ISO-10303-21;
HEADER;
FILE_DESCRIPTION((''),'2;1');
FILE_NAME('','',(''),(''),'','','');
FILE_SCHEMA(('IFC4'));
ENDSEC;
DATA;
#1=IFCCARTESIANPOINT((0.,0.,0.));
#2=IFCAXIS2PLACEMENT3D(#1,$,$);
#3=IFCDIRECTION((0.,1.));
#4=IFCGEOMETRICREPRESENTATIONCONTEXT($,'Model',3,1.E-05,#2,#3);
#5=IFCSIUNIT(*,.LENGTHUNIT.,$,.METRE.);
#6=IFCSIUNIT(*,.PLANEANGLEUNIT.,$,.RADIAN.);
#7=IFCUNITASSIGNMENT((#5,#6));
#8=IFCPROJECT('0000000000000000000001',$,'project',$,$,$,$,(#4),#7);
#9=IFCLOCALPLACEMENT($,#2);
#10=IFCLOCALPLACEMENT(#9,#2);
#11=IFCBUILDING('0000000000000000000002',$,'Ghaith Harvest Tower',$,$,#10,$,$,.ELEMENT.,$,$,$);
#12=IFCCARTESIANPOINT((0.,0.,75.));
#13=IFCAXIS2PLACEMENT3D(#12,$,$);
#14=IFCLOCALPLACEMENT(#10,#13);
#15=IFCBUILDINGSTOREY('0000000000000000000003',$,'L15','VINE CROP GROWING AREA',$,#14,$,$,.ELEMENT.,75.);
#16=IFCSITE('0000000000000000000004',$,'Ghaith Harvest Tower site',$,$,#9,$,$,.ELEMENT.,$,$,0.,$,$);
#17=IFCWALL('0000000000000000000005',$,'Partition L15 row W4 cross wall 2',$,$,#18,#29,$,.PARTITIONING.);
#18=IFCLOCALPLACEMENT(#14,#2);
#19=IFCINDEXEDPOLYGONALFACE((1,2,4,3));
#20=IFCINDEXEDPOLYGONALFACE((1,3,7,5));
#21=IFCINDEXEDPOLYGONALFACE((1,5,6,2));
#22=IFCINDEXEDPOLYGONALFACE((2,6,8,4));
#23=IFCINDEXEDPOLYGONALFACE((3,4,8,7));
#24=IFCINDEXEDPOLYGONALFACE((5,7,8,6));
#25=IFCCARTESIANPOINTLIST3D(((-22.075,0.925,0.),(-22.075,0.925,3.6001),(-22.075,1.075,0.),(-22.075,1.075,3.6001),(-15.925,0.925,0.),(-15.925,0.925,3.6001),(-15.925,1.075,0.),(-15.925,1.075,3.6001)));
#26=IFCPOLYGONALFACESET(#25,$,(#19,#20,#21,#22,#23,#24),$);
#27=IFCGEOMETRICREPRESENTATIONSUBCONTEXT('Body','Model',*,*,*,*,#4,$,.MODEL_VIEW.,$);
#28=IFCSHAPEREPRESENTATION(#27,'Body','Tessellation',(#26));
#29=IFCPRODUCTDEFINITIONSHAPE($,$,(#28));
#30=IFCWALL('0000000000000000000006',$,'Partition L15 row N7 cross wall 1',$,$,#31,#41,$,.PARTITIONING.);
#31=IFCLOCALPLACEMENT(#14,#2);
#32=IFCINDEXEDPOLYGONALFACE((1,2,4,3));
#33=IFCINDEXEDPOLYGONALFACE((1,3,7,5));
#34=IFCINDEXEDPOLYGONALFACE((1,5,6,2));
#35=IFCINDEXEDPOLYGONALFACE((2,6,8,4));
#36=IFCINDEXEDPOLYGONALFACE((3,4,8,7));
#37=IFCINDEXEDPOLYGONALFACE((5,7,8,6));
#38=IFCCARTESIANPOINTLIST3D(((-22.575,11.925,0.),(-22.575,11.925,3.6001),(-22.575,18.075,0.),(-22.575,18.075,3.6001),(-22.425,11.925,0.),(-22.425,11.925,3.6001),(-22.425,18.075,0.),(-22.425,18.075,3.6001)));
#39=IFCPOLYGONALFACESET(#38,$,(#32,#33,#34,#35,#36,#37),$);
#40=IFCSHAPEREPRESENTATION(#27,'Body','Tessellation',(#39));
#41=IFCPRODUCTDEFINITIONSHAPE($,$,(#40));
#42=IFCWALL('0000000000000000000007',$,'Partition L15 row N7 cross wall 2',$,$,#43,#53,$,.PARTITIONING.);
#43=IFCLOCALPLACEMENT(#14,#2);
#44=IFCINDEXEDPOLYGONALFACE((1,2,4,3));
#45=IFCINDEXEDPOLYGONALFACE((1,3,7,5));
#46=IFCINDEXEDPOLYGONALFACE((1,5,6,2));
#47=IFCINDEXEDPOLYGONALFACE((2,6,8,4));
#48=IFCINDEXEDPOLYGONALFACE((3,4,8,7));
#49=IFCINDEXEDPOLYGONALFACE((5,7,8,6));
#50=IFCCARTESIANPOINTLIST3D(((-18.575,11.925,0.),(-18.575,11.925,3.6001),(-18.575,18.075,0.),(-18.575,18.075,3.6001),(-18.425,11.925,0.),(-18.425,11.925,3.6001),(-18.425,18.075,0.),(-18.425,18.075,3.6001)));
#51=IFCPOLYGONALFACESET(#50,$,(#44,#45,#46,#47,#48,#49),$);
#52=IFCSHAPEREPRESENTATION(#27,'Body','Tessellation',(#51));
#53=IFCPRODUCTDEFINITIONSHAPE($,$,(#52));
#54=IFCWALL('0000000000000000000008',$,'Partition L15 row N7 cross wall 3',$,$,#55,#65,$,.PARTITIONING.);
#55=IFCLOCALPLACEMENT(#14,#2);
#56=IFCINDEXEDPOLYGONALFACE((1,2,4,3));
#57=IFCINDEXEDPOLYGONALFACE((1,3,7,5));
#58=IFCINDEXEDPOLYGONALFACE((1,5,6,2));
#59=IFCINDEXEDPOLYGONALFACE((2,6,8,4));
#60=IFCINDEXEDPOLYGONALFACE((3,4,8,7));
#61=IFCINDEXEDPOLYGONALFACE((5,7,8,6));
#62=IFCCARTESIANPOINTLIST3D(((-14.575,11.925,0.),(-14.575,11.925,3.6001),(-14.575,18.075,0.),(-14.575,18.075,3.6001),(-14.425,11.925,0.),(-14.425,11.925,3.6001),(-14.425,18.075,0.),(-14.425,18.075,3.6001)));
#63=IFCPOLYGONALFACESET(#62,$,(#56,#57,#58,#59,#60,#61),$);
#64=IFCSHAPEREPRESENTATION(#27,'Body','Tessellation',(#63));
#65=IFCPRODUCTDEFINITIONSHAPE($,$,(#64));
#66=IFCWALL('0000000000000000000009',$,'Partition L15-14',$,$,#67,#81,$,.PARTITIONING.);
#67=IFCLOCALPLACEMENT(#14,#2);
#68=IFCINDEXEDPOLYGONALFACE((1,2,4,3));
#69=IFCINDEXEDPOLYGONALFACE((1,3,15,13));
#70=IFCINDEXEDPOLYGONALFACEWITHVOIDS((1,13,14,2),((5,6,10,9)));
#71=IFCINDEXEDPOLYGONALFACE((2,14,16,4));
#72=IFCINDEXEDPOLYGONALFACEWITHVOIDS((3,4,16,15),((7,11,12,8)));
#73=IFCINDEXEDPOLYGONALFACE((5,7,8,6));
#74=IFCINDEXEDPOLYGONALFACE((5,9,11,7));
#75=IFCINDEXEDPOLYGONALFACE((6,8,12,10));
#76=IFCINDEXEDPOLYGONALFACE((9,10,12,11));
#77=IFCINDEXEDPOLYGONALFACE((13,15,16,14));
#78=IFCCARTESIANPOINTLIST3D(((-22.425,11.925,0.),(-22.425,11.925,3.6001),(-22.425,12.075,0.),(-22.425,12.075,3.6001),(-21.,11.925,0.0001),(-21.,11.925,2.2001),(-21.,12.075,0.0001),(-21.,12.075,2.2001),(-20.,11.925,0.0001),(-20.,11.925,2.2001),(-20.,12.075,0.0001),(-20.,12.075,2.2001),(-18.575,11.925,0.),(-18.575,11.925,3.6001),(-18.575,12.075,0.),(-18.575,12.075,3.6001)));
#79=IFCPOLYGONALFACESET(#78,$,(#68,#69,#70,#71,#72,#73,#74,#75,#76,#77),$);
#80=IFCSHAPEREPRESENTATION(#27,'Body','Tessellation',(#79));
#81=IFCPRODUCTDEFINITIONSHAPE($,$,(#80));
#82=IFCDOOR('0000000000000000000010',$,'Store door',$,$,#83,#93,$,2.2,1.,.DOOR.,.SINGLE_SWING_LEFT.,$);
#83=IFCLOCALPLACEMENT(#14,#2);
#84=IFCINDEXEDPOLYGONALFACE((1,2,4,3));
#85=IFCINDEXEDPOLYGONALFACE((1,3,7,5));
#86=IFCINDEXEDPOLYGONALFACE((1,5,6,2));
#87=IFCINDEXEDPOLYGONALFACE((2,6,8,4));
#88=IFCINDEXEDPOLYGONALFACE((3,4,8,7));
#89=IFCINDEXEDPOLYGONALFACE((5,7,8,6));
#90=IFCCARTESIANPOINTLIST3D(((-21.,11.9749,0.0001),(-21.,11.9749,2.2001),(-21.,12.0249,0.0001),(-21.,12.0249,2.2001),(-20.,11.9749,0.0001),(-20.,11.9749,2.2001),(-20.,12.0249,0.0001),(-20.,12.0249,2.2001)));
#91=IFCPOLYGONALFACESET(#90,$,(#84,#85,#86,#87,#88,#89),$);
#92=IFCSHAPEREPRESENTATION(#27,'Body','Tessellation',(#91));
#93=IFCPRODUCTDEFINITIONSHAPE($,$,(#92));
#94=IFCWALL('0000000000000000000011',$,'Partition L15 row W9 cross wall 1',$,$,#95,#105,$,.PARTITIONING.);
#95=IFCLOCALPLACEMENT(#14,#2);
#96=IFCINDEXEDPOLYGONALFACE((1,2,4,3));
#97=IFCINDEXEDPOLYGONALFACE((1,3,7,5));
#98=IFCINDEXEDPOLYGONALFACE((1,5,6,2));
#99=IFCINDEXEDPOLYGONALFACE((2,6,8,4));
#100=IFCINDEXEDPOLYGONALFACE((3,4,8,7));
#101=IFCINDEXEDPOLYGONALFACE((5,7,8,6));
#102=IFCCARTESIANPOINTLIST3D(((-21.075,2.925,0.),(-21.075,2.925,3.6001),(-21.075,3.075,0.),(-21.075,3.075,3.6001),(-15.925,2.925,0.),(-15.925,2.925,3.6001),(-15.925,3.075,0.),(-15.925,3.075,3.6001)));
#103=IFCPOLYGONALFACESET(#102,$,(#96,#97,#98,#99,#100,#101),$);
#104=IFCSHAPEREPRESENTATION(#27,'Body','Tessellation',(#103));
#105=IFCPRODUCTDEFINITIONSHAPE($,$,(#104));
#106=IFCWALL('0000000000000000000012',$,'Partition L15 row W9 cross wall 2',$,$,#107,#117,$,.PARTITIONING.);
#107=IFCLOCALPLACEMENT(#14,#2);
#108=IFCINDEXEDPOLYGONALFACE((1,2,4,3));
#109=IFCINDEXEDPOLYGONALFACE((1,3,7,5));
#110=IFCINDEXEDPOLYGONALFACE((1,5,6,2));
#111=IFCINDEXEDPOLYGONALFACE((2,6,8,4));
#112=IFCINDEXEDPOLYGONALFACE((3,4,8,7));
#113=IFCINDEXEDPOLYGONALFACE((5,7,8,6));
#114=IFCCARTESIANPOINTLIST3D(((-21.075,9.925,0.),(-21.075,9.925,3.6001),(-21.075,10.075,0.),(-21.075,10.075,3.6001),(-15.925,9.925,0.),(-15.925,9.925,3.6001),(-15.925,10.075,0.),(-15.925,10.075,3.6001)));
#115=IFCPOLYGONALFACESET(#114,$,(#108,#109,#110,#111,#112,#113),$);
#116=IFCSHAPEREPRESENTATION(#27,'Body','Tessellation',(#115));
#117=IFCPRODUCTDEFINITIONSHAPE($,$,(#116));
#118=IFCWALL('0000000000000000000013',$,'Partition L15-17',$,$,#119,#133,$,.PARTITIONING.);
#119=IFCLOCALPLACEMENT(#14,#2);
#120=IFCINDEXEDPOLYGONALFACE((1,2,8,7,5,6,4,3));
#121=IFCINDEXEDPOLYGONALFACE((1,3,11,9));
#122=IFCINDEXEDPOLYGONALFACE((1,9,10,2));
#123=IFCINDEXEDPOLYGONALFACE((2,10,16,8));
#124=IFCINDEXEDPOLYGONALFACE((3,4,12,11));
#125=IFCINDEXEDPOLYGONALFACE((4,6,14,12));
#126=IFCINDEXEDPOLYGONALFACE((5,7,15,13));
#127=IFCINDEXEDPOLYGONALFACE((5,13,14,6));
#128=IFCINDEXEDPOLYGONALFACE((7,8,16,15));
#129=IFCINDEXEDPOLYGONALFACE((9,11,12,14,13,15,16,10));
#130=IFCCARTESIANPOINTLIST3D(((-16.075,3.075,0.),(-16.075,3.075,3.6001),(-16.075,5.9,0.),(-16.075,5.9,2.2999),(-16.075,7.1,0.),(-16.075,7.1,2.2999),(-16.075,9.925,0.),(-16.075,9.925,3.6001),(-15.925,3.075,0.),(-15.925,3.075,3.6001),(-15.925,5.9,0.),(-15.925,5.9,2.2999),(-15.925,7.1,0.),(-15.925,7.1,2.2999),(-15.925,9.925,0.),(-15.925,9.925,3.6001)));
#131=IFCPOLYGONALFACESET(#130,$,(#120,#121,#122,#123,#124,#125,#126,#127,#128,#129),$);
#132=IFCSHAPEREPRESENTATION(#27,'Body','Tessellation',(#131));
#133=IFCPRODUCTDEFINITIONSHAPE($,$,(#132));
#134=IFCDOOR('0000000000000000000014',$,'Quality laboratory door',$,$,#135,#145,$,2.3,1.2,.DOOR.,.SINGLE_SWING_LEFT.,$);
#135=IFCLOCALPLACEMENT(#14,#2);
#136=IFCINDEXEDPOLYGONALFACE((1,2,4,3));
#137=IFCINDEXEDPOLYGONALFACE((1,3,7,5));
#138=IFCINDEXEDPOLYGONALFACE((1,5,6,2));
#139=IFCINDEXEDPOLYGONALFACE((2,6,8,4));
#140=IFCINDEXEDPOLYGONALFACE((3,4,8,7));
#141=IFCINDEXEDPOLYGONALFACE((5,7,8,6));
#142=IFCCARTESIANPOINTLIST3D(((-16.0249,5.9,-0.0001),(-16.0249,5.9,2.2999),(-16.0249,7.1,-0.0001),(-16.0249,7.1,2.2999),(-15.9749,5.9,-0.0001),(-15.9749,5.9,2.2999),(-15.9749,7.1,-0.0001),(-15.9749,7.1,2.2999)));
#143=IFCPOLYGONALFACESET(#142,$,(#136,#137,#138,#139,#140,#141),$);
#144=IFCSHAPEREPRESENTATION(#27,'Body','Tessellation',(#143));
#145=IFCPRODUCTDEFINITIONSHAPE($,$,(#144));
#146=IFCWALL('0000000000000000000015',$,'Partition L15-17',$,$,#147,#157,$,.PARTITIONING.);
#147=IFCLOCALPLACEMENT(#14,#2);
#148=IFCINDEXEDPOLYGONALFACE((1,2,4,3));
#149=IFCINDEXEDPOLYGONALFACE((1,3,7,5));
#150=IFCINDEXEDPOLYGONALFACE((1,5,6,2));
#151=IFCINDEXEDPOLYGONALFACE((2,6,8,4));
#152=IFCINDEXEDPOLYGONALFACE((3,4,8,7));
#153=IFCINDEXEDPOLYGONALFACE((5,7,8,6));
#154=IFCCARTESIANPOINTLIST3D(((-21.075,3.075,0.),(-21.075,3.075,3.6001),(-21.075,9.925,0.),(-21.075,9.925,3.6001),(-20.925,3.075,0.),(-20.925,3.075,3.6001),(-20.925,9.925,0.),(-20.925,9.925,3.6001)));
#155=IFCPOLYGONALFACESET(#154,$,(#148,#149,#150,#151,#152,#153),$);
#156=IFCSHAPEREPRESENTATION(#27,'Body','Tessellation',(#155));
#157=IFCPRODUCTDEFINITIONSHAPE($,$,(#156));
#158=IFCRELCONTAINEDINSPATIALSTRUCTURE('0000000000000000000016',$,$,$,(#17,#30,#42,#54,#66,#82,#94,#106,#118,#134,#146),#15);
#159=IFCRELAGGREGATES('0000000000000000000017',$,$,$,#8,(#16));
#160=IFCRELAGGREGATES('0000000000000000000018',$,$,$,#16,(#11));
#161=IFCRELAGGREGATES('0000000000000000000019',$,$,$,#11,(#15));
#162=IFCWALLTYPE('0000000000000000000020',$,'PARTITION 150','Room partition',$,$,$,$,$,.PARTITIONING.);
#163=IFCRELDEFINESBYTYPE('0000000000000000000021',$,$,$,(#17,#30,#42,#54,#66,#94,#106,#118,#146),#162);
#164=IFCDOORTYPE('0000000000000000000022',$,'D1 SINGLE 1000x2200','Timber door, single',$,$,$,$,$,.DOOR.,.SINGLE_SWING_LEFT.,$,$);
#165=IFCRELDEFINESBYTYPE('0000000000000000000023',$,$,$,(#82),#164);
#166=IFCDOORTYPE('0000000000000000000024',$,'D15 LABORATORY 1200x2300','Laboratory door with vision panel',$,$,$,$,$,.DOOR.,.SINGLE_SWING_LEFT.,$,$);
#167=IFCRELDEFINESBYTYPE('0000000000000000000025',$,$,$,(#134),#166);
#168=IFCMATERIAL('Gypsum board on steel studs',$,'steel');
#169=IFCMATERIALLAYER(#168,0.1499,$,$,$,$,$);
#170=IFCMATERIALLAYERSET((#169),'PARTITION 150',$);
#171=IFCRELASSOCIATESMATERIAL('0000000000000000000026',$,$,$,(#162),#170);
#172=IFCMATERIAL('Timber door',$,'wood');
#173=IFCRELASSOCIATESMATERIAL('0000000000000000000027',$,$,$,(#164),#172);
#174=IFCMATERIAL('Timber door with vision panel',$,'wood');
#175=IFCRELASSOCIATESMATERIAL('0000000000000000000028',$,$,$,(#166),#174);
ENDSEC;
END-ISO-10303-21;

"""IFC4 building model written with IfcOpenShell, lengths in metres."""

from ifc_helpers import new_model, si_unit, direction, frame, frame_2d, origin, place, context, subcontext, project, spatial, rectangle, extrude, material, layer, layer_set, type_object, element, fill, save


model = new_model("IFC4")

# Units and contexts
model_context = context("Model", 3, precision=1e-05, world=origin(), true_north=direction((0.0, 1.0)))
body_context = subcontext(model_context, "Body", "Model", "MODEL_VIEW")
ifc_project = project(units=[si_unit("LENGTHUNIT", "METRE"), si_unit("PLANEANGLEUNIT", "RADIAN")], contexts=[model_context])

# Site, building, storey
site_placement = place(None, origin())
site = spatial("IfcSite", under=ifc_project, at=site_placement, Name="Ghaith Harvest Tower site", CompositionType="ELEMENT", RefElevation=0.0)
building_placement = place(site_placement, origin())
building = spatial("IfcBuilding", under=site, at=building_placement, Name="Ghaith Harvest Tower", CompositionType="ELEMENT")
storey_placement = place(building_placement, frame((0.0, 0.0, 75.0)))
storey = spatial("IfcBuildingStorey", under=building, at=storey_placement, Name="L15", Description="VINE CROP GROWING AREA", CompositionType="ELEMENT", Elevation=75.0)

# Walls
ifc_material_1 = material(Name="Gypsum board on steel studs", Category="steel")
ifc_layer_1 = layer(ifc_material_1, 0.1499)
ifc_layer_set_1 = layer_set([ifc_layer_1], Name="PARTITION 150")
wall_type_1 = type_object("IfcWallType", Name="PARTITION 150", Description="Room partition", PredefinedType="PARTITIONING", material=ifc_layer_set_1)
for number, where, z_axis, x_axis, name in (
    (1, (-15.925, 1.0, 0.0), (0.0, 0.0, 1.0), (-1.0, 0.0, 0.0), "Partition L15 row W4 cross wall 2"),
    (2, (-22.5, 11.925, 0.0), (0.0, 0.0, 1.0), (0.0, 1.0, 0.0), "Partition L15 row N7 cross wall 1"),
    (3, (-18.5, 11.925, 0.0), (0.0, 0.0, 1.0), (0.0, 1.0, 0.0), "Partition L15 row N7 cross wall 2"),
    (4, (-14.5, 11.925, 0.0), (0.0, 0.0, 1.0), (0.0, 1.0, 0.0), "Partition L15 row N7 cross wall 3"),
):
    element("IfcWall", number, at=place(storey_placement, frame(where, z_axis=z_axis, x_axis=x_axis)), inside=storey, type_object=wall_type_1, Name=name, PredefinedType="PARTITIONING", context=body_context, shape_type="SweptSolid", body=[
        extrude(rectangle(XDim=6.1499, YDim=0.1499, at=frame_2d((3.075, 0.0))), origin(), (0.0, 0.0, 1.0), 3.6001),
    ])

# Wall, opening, door
wall_1_placement = place(storey_placement, frame((-22.425, 12.0, 0.0), z_axis=(0.0, 0.0, 1.0), x_axis=(1.0, 0.0, 0.0)))
wall_1 = element("IfcWall", 5, at=wall_1_placement, inside=storey, type_object=wall_type_1, Name="Partition L15-14", PredefinedType="PARTITIONING", context=body_context, shape_type="SweptSolid", body=[
    extrude(rectangle(XDim=3.8501, YDim=0.1499, at=frame_2d((1.925, 0.0))), origin(), (0.0, 0.0, 1.0), 3.6001),
])
opening_1_placement = place(wall_1_placement, frame((1.425, 0.0, 0.0)))
opening_1 = element("IfcOpeningElement", 6, at=opening_1_placement, cuts=wall_1, PredefinedType="OPENING", context=body_context, shape_type="SweptSolid", body=[
    extrude(rectangle(XDim=1.0, YDim=2.2, at=frame_2d((0.5, 1.1001))), frame((0.0, 0.085, 0.0), z_axis=(0.0, -1.0, 0.0), x_axis=(1.0, 0.0, 0.0)), (0.0, 0.0, 1.0), 0.1699),
])
ifc_material_2 = material(Name="Timber door", Category="wood")
door_type_1 = type_object("IfcDoorType", Name="D1 SINGLE 1000x2200", Description="Timber door, single", OperationType="SINGLE_SWING_LEFT", PredefinedType="DOOR", material=ifc_material_2)
door_1_placement = place(opening_1_placement, origin())
door_1 = element("IfcDoor", 7, at=door_1_placement, inside=storey, type_object=door_type_1, Name="Store door", OperationType="SINGLE_SWING_LEFT", OverallHeight=2.2, OverallWidth=1.0, PredefinedType="DOOR", context=body_context, shape_type="SweptSolid", body=[
    extrude(rectangle(XDim=1.0, YDim=2.2, at=frame_2d((0.5, 1.1001))), frame((0.0, 0.0249, 0.0), z_axis=(0.0, -1.0, 0.0), x_axis=(1.0, 0.0, 0.0)), (0.0, 0.0, 1.0), 0.05),
])
fill(opening_1, door_1)

# Walls
for number, where, z_axis, x_axis, name in (
    (8, (-15.925, 3.0, 0.0), (0.0, 0.0, 1.0), (-1.0, 0.0, 0.0), "Partition L15 row W9 cross wall 1"),
    (9, (-15.925, 10.0, 0.0), (0.0, 0.0, 1.0), (-1.0, 0.0, 0.0), "Partition L15 row W9 cross wall 2"),
):
    element("IfcWall", number, at=place(storey_placement, frame(where, z_axis=z_axis, x_axis=x_axis)), inside=storey, type_object=wall_type_1, Name=name, PredefinedType="PARTITIONING", context=body_context, shape_type="SweptSolid", body=[
        extrude(rectangle(XDim=5.1499, YDim=0.1499, at=frame_2d((2.575, 0.0))), origin(), (0.0, 0.0, 1.0), 3.6001),
    ])

# Wall, opening, door
wall_2_placement = place(storey_placement, frame((-16.0, 3.075, 0.0), z_axis=(0.0, 0.0, 1.0), x_axis=(0.0, 1.0, 0.0)))
wall_2 = element("IfcWall", 10, at=wall_2_placement, inside=storey, type_object=wall_type_1, Name="Partition L15-17", PredefinedType="PARTITIONING", context=body_context, shape_type="SweptSolid", body=[
    extrude(rectangle(XDim=6.8501, YDim=0.1499, at=frame_2d((3.425, 0.0))), origin(), (0.0, 0.0, 1.0), 3.6001),
])
opening_2_placement = place(wall_2_placement, frame((2.825, 0.0, 0.0)))
opening_2 = element("IfcOpeningElement", 11, at=opening_2_placement, cuts=wall_2, PredefinedType="OPENING", context=body_context, shape_type="SweptSolid", body=[
    extrude(rectangle(XDim=1.2, YDim=2.3, at=frame_2d((0.6001, 1.1499))), frame((0.0, 0.085, 0.0), z_axis=(0.0, -1.0, 0.0), x_axis=(1.0, 0.0, 0.0)), (0.0, 0.0, 1.0), 0.1699),
])
ifc_material_3 = material(Name="Timber door with vision panel", Category="wood")
door_type_2 = type_object("IfcDoorType", Name="D15 LABORATORY 1200x2300", Description="Laboratory door with vision panel", OperationType="SINGLE_SWING_LEFT", PredefinedType="DOOR", material=ifc_material_3)
door_2_placement = place(opening_2_placement, origin())
door_2 = element("IfcDoor", 12, at=door_2_placement, inside=storey, type_object=door_type_2, Name="Quality laboratory door", OperationType="SINGLE_SWING_LEFT", OverallHeight=2.3, OverallWidth=1.2, PredefinedType="DOOR", context=body_context, shape_type="SweptSolid", body=[
    extrude(rectangle(XDim=1.2, YDim=2.3, at=frame_2d((0.6001, 1.1499))), frame((0.0, 0.0249, 0.0), z_axis=(0.0, -1.0, 0.0), x_axis=(1.0, 0.0, 0.0)), (0.0, 0.0, 1.0), 0.05),
])
fill(opening_2, door_2)

# Wall
wall_3_placement = place(storey_placement, frame((-21.0, 3.075, 0.0), z_axis=(0.0, 0.0, 1.0), x_axis=(0.0, 1.0, 0.0)))
element("IfcWall", 13, at=wall_3_placement, inside=storey, type_object=wall_type_1, Name="Partition L15-17", PredefinedType="PARTITIONING", context=body_context, shape_type="SweptSolid", body=[
    extrude(rectangle(XDim=6.8501, YDim=0.1499, at=frame_2d((3.425, 0.0))), origin(), (0.0, 0.0, 1.0), 3.6001),
])

save(model, "model.ifc")
